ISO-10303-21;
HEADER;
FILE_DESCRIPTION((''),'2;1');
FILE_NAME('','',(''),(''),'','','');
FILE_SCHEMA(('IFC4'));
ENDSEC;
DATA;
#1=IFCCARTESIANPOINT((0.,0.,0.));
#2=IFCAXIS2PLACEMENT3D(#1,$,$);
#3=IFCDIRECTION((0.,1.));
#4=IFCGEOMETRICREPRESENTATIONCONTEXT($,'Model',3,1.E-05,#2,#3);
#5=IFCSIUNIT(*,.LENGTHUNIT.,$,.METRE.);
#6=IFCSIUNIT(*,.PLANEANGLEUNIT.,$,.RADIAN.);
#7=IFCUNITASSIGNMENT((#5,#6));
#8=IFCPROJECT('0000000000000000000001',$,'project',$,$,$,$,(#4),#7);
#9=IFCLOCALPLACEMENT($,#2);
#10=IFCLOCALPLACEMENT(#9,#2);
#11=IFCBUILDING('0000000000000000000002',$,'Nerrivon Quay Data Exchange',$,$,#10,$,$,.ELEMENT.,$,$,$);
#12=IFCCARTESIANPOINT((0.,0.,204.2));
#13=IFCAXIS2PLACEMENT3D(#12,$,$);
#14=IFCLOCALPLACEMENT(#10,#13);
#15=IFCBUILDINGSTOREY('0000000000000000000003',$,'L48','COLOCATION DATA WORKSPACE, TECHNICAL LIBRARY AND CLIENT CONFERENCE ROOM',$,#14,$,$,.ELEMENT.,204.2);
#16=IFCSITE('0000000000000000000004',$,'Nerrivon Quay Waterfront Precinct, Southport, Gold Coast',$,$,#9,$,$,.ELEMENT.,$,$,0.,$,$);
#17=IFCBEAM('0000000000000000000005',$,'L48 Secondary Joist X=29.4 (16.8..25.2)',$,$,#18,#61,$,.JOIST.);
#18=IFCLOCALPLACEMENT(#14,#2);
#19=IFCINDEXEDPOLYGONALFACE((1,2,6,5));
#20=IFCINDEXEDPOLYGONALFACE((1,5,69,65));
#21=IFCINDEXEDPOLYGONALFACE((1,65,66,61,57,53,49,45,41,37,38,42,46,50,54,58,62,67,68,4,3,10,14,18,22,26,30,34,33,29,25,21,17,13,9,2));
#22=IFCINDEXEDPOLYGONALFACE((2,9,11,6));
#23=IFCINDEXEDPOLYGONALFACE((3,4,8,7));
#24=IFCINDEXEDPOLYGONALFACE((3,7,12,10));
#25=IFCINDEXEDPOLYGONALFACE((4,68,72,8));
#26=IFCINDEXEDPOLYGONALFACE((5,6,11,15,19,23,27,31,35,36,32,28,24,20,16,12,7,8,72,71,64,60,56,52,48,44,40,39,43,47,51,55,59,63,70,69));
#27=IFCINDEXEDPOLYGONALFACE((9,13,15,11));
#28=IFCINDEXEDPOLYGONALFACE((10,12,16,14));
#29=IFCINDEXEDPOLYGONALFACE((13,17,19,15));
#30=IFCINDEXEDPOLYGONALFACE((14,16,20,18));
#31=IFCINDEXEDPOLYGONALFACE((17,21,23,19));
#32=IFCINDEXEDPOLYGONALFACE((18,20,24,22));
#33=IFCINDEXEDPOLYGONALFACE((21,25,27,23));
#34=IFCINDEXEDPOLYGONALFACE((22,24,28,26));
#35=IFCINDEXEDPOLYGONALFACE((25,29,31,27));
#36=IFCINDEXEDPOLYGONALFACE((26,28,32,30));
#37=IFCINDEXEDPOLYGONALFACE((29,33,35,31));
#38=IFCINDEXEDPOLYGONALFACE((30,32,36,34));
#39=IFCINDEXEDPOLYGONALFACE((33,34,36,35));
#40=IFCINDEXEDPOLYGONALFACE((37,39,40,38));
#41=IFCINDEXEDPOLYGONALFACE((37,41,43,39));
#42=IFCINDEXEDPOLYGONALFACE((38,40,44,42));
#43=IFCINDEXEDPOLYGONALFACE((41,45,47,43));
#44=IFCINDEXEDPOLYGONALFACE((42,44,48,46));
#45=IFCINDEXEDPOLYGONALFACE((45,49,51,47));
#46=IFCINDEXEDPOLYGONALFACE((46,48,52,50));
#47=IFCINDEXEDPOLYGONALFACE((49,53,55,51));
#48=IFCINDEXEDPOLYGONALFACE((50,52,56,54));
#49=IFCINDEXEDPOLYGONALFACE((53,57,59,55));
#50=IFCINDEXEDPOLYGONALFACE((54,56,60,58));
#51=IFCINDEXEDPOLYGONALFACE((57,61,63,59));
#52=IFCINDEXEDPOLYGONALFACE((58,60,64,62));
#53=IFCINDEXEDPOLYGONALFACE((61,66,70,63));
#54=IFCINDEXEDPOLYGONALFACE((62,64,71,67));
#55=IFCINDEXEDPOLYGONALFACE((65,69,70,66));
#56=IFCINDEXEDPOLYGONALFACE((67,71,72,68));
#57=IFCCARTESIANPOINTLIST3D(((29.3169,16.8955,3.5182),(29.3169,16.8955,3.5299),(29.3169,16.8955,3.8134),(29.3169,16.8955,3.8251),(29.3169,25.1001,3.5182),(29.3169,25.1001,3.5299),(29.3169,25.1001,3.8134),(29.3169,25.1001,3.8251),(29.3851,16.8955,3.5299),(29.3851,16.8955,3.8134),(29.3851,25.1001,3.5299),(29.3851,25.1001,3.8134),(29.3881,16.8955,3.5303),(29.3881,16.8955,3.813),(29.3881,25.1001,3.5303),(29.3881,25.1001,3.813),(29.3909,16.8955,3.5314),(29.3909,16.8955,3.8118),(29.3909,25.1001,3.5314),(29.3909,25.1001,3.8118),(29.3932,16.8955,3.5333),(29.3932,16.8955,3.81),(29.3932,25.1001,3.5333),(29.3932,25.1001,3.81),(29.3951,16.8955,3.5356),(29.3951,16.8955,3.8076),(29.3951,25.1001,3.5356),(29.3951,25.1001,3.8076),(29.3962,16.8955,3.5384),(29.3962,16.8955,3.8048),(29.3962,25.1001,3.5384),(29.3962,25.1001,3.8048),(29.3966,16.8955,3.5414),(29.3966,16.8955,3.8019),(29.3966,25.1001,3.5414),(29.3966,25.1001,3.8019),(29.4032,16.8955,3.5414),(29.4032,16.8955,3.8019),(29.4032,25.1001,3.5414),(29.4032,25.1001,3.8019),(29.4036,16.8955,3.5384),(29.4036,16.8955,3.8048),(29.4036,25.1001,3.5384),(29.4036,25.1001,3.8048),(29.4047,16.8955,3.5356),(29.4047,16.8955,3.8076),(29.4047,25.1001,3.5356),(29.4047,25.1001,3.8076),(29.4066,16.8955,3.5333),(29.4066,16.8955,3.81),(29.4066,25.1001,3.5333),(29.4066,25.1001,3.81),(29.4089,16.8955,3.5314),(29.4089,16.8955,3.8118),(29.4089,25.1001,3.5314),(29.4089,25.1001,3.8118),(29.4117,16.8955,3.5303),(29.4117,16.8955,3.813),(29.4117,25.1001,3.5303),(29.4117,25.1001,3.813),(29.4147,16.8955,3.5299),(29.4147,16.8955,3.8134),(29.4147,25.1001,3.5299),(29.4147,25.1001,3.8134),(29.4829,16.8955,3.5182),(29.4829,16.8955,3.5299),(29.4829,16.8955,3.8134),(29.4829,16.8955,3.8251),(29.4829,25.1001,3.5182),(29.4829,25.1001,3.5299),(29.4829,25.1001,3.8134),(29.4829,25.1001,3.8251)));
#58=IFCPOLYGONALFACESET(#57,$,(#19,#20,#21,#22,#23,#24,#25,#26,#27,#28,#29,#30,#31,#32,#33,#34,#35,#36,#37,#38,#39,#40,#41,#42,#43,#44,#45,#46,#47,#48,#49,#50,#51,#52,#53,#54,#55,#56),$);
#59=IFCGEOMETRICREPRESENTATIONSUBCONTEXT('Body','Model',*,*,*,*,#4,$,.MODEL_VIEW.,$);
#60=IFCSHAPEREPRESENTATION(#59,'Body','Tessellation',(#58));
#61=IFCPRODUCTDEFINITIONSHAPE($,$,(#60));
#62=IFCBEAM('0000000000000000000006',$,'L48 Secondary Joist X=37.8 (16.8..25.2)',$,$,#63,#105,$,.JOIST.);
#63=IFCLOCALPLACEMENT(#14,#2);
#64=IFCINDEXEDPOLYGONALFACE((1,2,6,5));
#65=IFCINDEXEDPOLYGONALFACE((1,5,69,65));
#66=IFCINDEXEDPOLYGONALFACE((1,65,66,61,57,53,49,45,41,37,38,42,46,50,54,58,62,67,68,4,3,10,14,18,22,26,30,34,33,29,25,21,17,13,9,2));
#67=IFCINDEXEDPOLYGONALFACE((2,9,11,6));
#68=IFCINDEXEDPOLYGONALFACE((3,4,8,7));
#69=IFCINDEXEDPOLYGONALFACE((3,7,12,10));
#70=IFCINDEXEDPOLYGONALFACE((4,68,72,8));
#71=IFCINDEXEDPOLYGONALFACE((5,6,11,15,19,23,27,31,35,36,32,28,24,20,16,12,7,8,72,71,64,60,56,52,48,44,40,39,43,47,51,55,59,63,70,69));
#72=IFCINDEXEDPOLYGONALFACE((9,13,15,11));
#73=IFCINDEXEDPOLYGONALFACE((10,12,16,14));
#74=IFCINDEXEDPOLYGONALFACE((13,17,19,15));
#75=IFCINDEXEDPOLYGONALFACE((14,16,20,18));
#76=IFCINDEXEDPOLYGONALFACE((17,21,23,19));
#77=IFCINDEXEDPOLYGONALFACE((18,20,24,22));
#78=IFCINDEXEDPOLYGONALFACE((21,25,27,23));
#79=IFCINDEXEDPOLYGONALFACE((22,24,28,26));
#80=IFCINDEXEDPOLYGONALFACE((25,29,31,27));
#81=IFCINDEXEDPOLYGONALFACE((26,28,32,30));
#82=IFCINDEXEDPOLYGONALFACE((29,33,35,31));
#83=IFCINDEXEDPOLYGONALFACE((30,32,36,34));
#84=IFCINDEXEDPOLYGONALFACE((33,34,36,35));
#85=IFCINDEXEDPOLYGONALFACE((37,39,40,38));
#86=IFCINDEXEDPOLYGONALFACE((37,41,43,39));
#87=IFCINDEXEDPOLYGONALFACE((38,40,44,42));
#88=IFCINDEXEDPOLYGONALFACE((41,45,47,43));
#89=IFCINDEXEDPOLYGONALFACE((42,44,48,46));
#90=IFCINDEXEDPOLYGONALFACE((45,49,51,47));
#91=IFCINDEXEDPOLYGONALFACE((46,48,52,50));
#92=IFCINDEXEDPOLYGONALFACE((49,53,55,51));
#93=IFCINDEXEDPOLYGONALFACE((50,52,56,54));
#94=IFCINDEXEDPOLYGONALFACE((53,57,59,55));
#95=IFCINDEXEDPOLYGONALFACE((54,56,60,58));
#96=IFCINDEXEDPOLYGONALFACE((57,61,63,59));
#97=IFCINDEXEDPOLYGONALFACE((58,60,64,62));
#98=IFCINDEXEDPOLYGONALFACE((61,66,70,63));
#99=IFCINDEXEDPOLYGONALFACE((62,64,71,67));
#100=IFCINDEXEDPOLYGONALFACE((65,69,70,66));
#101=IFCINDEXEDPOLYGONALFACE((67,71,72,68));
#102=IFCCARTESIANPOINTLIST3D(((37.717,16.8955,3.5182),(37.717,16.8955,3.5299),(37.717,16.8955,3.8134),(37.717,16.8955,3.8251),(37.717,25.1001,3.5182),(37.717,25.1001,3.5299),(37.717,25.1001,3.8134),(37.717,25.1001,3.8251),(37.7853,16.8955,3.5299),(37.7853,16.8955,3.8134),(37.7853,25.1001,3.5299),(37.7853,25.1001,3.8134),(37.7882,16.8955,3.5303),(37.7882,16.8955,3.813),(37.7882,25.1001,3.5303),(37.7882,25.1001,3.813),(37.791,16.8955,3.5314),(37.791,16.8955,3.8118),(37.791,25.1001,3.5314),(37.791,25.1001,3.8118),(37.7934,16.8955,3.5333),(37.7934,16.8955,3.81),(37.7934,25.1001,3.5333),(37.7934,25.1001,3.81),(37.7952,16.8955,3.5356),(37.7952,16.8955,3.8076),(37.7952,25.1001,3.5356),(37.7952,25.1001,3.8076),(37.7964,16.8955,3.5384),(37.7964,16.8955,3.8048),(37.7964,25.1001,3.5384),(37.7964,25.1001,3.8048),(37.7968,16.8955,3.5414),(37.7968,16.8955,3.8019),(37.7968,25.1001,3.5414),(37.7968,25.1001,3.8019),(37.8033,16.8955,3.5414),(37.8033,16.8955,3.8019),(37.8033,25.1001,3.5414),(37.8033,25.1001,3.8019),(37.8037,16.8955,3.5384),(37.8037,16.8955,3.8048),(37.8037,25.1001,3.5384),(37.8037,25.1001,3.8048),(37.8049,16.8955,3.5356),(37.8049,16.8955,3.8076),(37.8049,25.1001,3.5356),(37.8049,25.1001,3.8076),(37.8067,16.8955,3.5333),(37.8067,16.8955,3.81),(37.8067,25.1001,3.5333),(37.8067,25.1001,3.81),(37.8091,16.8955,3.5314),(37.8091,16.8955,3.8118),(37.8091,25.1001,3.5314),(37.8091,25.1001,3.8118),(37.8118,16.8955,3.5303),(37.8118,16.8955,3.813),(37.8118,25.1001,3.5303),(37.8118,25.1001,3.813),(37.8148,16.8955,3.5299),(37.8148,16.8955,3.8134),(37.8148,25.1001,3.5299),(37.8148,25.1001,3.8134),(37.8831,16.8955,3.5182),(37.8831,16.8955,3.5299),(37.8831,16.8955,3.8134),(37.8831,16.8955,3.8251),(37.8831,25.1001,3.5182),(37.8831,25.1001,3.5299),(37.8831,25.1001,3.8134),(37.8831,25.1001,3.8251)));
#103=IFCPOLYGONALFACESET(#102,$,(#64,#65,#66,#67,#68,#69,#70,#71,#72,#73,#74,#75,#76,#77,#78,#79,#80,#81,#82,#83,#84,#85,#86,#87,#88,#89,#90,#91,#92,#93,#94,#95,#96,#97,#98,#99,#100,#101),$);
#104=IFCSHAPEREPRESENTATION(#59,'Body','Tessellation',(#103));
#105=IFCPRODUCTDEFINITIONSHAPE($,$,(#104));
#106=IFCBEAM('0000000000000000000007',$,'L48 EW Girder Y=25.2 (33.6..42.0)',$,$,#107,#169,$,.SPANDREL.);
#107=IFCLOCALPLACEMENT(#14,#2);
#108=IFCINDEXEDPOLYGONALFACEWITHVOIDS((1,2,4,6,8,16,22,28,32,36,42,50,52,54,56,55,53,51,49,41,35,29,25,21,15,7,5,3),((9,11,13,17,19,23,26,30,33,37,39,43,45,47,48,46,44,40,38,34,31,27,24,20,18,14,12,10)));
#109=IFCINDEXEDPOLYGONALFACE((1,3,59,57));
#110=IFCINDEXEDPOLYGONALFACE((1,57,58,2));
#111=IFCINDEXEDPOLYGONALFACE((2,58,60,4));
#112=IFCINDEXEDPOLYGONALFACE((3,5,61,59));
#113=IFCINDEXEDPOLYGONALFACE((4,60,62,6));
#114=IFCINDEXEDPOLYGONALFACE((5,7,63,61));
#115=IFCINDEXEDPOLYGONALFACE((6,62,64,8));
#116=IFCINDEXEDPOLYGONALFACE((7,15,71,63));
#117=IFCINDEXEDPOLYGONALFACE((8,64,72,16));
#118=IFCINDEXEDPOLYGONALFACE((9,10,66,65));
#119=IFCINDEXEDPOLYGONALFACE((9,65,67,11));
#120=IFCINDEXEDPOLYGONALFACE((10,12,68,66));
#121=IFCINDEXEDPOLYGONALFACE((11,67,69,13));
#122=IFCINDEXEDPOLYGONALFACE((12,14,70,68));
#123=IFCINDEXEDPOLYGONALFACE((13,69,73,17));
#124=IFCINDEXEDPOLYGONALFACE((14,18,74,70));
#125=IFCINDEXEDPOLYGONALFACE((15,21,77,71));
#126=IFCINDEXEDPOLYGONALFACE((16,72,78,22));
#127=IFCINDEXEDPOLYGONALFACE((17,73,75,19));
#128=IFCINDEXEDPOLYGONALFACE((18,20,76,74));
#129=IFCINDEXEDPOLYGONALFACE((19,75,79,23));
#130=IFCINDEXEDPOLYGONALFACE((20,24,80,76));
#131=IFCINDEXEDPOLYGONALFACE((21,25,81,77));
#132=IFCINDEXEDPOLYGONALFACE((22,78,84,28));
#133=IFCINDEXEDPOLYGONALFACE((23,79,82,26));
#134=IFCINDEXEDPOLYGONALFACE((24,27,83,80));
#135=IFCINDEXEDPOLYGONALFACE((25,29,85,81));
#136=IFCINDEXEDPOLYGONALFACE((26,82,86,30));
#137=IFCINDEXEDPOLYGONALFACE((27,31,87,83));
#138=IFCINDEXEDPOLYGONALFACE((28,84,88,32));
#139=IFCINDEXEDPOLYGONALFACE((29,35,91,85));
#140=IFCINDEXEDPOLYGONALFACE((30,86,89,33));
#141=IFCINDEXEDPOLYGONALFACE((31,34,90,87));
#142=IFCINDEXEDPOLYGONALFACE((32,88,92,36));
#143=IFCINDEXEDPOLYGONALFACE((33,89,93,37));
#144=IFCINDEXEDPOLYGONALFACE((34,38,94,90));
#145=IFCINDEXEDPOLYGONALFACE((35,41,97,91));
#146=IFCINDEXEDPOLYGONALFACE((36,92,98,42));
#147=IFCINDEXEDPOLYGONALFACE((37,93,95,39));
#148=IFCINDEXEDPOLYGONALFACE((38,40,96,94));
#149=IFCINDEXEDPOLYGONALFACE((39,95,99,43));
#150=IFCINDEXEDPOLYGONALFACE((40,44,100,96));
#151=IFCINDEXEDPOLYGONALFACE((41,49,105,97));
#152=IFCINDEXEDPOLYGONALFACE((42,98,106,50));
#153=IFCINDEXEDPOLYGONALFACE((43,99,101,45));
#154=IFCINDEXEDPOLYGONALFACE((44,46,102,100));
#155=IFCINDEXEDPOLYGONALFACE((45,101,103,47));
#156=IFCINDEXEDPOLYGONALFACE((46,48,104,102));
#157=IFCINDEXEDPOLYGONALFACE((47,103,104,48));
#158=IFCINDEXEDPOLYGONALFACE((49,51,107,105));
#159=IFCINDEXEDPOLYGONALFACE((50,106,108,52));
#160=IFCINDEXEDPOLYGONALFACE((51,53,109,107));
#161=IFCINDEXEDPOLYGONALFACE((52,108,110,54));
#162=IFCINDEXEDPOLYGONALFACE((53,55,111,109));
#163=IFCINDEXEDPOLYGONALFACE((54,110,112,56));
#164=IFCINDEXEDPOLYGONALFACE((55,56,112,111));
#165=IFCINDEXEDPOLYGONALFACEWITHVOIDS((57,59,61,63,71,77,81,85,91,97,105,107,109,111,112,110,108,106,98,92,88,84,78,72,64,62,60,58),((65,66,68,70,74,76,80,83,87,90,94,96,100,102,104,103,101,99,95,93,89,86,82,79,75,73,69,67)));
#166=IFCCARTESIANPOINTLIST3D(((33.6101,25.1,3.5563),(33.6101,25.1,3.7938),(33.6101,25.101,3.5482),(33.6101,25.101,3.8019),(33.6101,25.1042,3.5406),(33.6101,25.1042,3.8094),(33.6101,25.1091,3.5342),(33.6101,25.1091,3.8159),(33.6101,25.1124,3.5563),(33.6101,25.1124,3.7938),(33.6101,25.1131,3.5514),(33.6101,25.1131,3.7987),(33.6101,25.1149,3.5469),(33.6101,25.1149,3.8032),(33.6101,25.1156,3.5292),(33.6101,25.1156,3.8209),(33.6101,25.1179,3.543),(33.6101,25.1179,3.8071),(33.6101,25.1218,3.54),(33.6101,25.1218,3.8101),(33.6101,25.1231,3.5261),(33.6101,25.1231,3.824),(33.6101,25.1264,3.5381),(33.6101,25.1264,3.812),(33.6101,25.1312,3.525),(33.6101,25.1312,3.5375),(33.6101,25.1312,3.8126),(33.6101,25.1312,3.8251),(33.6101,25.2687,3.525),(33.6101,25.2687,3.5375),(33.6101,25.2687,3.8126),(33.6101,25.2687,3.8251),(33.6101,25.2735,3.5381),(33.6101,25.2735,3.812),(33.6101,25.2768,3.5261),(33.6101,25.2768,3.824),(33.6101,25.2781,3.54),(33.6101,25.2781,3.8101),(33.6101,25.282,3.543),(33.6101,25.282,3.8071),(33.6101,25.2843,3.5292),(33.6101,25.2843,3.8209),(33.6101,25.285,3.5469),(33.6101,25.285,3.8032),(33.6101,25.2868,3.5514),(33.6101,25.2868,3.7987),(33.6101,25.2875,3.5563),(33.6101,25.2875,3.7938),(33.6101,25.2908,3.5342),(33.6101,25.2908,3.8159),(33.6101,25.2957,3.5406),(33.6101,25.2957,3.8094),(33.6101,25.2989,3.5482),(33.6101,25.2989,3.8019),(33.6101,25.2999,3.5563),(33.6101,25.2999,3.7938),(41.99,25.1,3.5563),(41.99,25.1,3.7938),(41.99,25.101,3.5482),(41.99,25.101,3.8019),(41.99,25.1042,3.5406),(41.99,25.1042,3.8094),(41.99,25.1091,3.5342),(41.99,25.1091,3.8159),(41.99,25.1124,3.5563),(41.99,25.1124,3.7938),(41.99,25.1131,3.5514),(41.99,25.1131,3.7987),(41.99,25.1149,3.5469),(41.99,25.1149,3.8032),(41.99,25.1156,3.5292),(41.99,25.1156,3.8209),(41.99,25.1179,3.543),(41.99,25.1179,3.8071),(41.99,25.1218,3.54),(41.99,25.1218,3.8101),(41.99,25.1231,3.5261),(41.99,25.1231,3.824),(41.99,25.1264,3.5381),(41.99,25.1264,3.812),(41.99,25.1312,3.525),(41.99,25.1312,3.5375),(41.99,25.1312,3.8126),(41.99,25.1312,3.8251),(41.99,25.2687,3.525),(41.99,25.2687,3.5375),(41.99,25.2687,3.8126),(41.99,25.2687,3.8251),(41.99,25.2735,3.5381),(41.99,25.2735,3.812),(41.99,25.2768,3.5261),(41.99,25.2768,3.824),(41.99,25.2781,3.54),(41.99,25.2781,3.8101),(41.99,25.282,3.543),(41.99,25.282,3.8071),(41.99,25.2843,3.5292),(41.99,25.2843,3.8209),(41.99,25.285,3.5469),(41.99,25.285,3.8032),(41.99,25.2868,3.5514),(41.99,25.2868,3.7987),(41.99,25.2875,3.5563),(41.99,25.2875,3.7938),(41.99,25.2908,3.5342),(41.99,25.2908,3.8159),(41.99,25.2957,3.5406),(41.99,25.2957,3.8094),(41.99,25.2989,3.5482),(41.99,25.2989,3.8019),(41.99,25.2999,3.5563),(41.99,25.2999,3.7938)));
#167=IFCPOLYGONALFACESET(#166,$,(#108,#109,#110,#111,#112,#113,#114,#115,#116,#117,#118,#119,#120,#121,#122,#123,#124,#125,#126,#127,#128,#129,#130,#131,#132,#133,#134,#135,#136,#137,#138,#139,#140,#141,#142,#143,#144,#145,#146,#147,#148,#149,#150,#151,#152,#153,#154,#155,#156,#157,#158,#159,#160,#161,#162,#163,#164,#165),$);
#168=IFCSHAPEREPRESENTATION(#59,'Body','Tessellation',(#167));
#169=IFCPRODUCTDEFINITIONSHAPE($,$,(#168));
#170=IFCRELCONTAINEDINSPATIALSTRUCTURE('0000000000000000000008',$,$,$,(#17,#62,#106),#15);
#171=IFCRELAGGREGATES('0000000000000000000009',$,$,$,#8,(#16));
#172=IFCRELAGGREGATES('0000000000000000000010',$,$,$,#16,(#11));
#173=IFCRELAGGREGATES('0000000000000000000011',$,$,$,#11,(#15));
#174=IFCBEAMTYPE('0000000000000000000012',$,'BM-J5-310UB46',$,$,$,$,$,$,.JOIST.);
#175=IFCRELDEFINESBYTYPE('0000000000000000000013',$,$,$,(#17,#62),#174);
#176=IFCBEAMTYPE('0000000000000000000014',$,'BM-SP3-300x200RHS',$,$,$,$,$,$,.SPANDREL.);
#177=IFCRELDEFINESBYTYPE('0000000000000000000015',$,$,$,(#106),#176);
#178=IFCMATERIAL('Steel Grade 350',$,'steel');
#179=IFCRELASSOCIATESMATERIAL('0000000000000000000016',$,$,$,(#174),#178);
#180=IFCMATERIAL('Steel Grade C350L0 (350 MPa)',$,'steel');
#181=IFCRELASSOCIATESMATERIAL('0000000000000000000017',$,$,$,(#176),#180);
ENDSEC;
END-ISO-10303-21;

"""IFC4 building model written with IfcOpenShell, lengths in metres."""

from ifc_helpers import new_model, si_unit, direction, frame, origin, origin_2d, place, context, subcontext, project, spatial, hollow_rectangle, i_section, extrude, material, material_profile, profile_set, type_object, element, save


model = new_model("IFC4")

# Units and contexts
model_context = context("Model", 3, precision=1e-05, world=origin(), true_north=direction((0.0, 1.0)))
body_context = subcontext(model_context, "Body", "Model", "MODEL_VIEW")
ifc_project = project(units=[si_unit("LENGTHUNIT", "METRE"), si_unit("PLANEANGLEUNIT", "RADIAN")], contexts=[model_context])

# Site, building, storey
site_placement = place(None, origin())
site = spatial("IfcSite", under=ifc_project, at=site_placement, Name="Nerrivon Quay Waterfront Precinct, Southport, Gold Coast", CompositionType="ELEMENT", RefElevation=0.0)
building_placement = place(site_placement, origin())
building = spatial("IfcBuilding", under=site, at=building_placement, Name="Nerrivon Quay Data Exchange", CompositionType="ELEMENT")
storey_placement = place(building_placement, frame((0.0, 0.0, 204.2)))
storey = spatial("IfcBuildingStorey", under=building, at=storey_placement, Name="L48", Description="COLOCATION DATA WORKSPACE, TECHNICAL LIBRARY AND CLIENT CONFERENCE ROOM", CompositionType="ELEMENT", Elevation=204.2)

# Shared definitions
ifc_material_1 = material(Name="Steel Grade 350", Category="steel")

# Beams
ifc_material_profile_1 = material_profile(ifc_material_1, i_section(OverallWidth=0.166, OverallDepth=0.3069, WebThickness=0.0066, FlangeThickness=0.0117, FilletRadius=0.0115, at=origin_2d()), Name="310UB46.2")
ifc_profile_set_1 = profile_set([ifc_material_profile_1], Name="Steel Grade 350")
beam_type_1 = type_object("IfcBeamType", Name="BM-J5-310UB46", PredefinedType="JOIST", material=ifc_profile_set_1)
for number, where, z_axis, x_axis, name in (
    (1, (29.3999, 16.8955, 3.6716), (0.0, 1.0, 0.0), (-1.0, 0.0, 0.0), "L48 Secondary Joist X=29.4 (16.8..25.2)"),
    (2, (37.8, 16.8955, 3.6716), (0.0, 1.0, 0.0), (-1.0, 0.0, 0.0), "L48 Secondary Joist X=37.8 (16.8..25.2)"),
):
    element("IfcBeam", number, at=place(storey_placement, frame(where, z_axis=z_axis, x_axis=x_axis)), inside=storey, type_object=beam_type_1, Name=name, PredefinedType="JOIST", context=body_context, shape_type="SweptSolid", body=[
        extrude(i_section(OverallWidth=0.166, OverallDepth=0.3069, WebThickness=0.0066, FlangeThickness=0.0117, FilletRadius=0.0115, at=origin_2d()), origin(), (0.0, 0.0, 1.0), 8.2046),
    ])
ifc_material_2 = material(Name="Steel Grade C350L0 (350 MPa)", Category="steel")
ifc_material_profile_2 = material_profile(ifc_material_2, hollow_rectangle(XDim=0.2, YDim=0.3, WallThickness=0.0125, InnerFilletRadius=0.0188, OuterFilletRadius=0.0312, at=origin_2d()), Name="300x200x12.5RHS")
ifc_profile_set_2 = profile_set([ifc_material_profile_2], Name="Steel Grade C350L0 (350 MPa)")
beam_type_2 = type_object("IfcBeamType", Name="BM-SP3-300x200RHS", PredefinedType="SPANDREL", material=ifc_profile_set_2)
beam_1_placement = place(storey_placement, frame((33.6101, 25.2, 3.675), z_axis=(1.0, 0.0, 0.0), x_axis=(0.0, 1.0, 0.0)))
element("IfcBeam", 3, at=beam_1_placement, inside=storey, type_object=beam_type_2, Name="L48 EW Girder Y=25.2 (33.6..42.0)", PredefinedType="SPANDREL", context=body_context, shape_type="SweptSolid", body=[
    extrude(hollow_rectangle(XDim=0.2, YDim=0.3, WallThickness=0.0125, InnerFilletRadius=0.0188, OuterFilletRadius=0.0312, at=origin_2d()), origin(), (0.0, 0.0, 1.0), 8.3799),
])

save(model, "model.ifc")
